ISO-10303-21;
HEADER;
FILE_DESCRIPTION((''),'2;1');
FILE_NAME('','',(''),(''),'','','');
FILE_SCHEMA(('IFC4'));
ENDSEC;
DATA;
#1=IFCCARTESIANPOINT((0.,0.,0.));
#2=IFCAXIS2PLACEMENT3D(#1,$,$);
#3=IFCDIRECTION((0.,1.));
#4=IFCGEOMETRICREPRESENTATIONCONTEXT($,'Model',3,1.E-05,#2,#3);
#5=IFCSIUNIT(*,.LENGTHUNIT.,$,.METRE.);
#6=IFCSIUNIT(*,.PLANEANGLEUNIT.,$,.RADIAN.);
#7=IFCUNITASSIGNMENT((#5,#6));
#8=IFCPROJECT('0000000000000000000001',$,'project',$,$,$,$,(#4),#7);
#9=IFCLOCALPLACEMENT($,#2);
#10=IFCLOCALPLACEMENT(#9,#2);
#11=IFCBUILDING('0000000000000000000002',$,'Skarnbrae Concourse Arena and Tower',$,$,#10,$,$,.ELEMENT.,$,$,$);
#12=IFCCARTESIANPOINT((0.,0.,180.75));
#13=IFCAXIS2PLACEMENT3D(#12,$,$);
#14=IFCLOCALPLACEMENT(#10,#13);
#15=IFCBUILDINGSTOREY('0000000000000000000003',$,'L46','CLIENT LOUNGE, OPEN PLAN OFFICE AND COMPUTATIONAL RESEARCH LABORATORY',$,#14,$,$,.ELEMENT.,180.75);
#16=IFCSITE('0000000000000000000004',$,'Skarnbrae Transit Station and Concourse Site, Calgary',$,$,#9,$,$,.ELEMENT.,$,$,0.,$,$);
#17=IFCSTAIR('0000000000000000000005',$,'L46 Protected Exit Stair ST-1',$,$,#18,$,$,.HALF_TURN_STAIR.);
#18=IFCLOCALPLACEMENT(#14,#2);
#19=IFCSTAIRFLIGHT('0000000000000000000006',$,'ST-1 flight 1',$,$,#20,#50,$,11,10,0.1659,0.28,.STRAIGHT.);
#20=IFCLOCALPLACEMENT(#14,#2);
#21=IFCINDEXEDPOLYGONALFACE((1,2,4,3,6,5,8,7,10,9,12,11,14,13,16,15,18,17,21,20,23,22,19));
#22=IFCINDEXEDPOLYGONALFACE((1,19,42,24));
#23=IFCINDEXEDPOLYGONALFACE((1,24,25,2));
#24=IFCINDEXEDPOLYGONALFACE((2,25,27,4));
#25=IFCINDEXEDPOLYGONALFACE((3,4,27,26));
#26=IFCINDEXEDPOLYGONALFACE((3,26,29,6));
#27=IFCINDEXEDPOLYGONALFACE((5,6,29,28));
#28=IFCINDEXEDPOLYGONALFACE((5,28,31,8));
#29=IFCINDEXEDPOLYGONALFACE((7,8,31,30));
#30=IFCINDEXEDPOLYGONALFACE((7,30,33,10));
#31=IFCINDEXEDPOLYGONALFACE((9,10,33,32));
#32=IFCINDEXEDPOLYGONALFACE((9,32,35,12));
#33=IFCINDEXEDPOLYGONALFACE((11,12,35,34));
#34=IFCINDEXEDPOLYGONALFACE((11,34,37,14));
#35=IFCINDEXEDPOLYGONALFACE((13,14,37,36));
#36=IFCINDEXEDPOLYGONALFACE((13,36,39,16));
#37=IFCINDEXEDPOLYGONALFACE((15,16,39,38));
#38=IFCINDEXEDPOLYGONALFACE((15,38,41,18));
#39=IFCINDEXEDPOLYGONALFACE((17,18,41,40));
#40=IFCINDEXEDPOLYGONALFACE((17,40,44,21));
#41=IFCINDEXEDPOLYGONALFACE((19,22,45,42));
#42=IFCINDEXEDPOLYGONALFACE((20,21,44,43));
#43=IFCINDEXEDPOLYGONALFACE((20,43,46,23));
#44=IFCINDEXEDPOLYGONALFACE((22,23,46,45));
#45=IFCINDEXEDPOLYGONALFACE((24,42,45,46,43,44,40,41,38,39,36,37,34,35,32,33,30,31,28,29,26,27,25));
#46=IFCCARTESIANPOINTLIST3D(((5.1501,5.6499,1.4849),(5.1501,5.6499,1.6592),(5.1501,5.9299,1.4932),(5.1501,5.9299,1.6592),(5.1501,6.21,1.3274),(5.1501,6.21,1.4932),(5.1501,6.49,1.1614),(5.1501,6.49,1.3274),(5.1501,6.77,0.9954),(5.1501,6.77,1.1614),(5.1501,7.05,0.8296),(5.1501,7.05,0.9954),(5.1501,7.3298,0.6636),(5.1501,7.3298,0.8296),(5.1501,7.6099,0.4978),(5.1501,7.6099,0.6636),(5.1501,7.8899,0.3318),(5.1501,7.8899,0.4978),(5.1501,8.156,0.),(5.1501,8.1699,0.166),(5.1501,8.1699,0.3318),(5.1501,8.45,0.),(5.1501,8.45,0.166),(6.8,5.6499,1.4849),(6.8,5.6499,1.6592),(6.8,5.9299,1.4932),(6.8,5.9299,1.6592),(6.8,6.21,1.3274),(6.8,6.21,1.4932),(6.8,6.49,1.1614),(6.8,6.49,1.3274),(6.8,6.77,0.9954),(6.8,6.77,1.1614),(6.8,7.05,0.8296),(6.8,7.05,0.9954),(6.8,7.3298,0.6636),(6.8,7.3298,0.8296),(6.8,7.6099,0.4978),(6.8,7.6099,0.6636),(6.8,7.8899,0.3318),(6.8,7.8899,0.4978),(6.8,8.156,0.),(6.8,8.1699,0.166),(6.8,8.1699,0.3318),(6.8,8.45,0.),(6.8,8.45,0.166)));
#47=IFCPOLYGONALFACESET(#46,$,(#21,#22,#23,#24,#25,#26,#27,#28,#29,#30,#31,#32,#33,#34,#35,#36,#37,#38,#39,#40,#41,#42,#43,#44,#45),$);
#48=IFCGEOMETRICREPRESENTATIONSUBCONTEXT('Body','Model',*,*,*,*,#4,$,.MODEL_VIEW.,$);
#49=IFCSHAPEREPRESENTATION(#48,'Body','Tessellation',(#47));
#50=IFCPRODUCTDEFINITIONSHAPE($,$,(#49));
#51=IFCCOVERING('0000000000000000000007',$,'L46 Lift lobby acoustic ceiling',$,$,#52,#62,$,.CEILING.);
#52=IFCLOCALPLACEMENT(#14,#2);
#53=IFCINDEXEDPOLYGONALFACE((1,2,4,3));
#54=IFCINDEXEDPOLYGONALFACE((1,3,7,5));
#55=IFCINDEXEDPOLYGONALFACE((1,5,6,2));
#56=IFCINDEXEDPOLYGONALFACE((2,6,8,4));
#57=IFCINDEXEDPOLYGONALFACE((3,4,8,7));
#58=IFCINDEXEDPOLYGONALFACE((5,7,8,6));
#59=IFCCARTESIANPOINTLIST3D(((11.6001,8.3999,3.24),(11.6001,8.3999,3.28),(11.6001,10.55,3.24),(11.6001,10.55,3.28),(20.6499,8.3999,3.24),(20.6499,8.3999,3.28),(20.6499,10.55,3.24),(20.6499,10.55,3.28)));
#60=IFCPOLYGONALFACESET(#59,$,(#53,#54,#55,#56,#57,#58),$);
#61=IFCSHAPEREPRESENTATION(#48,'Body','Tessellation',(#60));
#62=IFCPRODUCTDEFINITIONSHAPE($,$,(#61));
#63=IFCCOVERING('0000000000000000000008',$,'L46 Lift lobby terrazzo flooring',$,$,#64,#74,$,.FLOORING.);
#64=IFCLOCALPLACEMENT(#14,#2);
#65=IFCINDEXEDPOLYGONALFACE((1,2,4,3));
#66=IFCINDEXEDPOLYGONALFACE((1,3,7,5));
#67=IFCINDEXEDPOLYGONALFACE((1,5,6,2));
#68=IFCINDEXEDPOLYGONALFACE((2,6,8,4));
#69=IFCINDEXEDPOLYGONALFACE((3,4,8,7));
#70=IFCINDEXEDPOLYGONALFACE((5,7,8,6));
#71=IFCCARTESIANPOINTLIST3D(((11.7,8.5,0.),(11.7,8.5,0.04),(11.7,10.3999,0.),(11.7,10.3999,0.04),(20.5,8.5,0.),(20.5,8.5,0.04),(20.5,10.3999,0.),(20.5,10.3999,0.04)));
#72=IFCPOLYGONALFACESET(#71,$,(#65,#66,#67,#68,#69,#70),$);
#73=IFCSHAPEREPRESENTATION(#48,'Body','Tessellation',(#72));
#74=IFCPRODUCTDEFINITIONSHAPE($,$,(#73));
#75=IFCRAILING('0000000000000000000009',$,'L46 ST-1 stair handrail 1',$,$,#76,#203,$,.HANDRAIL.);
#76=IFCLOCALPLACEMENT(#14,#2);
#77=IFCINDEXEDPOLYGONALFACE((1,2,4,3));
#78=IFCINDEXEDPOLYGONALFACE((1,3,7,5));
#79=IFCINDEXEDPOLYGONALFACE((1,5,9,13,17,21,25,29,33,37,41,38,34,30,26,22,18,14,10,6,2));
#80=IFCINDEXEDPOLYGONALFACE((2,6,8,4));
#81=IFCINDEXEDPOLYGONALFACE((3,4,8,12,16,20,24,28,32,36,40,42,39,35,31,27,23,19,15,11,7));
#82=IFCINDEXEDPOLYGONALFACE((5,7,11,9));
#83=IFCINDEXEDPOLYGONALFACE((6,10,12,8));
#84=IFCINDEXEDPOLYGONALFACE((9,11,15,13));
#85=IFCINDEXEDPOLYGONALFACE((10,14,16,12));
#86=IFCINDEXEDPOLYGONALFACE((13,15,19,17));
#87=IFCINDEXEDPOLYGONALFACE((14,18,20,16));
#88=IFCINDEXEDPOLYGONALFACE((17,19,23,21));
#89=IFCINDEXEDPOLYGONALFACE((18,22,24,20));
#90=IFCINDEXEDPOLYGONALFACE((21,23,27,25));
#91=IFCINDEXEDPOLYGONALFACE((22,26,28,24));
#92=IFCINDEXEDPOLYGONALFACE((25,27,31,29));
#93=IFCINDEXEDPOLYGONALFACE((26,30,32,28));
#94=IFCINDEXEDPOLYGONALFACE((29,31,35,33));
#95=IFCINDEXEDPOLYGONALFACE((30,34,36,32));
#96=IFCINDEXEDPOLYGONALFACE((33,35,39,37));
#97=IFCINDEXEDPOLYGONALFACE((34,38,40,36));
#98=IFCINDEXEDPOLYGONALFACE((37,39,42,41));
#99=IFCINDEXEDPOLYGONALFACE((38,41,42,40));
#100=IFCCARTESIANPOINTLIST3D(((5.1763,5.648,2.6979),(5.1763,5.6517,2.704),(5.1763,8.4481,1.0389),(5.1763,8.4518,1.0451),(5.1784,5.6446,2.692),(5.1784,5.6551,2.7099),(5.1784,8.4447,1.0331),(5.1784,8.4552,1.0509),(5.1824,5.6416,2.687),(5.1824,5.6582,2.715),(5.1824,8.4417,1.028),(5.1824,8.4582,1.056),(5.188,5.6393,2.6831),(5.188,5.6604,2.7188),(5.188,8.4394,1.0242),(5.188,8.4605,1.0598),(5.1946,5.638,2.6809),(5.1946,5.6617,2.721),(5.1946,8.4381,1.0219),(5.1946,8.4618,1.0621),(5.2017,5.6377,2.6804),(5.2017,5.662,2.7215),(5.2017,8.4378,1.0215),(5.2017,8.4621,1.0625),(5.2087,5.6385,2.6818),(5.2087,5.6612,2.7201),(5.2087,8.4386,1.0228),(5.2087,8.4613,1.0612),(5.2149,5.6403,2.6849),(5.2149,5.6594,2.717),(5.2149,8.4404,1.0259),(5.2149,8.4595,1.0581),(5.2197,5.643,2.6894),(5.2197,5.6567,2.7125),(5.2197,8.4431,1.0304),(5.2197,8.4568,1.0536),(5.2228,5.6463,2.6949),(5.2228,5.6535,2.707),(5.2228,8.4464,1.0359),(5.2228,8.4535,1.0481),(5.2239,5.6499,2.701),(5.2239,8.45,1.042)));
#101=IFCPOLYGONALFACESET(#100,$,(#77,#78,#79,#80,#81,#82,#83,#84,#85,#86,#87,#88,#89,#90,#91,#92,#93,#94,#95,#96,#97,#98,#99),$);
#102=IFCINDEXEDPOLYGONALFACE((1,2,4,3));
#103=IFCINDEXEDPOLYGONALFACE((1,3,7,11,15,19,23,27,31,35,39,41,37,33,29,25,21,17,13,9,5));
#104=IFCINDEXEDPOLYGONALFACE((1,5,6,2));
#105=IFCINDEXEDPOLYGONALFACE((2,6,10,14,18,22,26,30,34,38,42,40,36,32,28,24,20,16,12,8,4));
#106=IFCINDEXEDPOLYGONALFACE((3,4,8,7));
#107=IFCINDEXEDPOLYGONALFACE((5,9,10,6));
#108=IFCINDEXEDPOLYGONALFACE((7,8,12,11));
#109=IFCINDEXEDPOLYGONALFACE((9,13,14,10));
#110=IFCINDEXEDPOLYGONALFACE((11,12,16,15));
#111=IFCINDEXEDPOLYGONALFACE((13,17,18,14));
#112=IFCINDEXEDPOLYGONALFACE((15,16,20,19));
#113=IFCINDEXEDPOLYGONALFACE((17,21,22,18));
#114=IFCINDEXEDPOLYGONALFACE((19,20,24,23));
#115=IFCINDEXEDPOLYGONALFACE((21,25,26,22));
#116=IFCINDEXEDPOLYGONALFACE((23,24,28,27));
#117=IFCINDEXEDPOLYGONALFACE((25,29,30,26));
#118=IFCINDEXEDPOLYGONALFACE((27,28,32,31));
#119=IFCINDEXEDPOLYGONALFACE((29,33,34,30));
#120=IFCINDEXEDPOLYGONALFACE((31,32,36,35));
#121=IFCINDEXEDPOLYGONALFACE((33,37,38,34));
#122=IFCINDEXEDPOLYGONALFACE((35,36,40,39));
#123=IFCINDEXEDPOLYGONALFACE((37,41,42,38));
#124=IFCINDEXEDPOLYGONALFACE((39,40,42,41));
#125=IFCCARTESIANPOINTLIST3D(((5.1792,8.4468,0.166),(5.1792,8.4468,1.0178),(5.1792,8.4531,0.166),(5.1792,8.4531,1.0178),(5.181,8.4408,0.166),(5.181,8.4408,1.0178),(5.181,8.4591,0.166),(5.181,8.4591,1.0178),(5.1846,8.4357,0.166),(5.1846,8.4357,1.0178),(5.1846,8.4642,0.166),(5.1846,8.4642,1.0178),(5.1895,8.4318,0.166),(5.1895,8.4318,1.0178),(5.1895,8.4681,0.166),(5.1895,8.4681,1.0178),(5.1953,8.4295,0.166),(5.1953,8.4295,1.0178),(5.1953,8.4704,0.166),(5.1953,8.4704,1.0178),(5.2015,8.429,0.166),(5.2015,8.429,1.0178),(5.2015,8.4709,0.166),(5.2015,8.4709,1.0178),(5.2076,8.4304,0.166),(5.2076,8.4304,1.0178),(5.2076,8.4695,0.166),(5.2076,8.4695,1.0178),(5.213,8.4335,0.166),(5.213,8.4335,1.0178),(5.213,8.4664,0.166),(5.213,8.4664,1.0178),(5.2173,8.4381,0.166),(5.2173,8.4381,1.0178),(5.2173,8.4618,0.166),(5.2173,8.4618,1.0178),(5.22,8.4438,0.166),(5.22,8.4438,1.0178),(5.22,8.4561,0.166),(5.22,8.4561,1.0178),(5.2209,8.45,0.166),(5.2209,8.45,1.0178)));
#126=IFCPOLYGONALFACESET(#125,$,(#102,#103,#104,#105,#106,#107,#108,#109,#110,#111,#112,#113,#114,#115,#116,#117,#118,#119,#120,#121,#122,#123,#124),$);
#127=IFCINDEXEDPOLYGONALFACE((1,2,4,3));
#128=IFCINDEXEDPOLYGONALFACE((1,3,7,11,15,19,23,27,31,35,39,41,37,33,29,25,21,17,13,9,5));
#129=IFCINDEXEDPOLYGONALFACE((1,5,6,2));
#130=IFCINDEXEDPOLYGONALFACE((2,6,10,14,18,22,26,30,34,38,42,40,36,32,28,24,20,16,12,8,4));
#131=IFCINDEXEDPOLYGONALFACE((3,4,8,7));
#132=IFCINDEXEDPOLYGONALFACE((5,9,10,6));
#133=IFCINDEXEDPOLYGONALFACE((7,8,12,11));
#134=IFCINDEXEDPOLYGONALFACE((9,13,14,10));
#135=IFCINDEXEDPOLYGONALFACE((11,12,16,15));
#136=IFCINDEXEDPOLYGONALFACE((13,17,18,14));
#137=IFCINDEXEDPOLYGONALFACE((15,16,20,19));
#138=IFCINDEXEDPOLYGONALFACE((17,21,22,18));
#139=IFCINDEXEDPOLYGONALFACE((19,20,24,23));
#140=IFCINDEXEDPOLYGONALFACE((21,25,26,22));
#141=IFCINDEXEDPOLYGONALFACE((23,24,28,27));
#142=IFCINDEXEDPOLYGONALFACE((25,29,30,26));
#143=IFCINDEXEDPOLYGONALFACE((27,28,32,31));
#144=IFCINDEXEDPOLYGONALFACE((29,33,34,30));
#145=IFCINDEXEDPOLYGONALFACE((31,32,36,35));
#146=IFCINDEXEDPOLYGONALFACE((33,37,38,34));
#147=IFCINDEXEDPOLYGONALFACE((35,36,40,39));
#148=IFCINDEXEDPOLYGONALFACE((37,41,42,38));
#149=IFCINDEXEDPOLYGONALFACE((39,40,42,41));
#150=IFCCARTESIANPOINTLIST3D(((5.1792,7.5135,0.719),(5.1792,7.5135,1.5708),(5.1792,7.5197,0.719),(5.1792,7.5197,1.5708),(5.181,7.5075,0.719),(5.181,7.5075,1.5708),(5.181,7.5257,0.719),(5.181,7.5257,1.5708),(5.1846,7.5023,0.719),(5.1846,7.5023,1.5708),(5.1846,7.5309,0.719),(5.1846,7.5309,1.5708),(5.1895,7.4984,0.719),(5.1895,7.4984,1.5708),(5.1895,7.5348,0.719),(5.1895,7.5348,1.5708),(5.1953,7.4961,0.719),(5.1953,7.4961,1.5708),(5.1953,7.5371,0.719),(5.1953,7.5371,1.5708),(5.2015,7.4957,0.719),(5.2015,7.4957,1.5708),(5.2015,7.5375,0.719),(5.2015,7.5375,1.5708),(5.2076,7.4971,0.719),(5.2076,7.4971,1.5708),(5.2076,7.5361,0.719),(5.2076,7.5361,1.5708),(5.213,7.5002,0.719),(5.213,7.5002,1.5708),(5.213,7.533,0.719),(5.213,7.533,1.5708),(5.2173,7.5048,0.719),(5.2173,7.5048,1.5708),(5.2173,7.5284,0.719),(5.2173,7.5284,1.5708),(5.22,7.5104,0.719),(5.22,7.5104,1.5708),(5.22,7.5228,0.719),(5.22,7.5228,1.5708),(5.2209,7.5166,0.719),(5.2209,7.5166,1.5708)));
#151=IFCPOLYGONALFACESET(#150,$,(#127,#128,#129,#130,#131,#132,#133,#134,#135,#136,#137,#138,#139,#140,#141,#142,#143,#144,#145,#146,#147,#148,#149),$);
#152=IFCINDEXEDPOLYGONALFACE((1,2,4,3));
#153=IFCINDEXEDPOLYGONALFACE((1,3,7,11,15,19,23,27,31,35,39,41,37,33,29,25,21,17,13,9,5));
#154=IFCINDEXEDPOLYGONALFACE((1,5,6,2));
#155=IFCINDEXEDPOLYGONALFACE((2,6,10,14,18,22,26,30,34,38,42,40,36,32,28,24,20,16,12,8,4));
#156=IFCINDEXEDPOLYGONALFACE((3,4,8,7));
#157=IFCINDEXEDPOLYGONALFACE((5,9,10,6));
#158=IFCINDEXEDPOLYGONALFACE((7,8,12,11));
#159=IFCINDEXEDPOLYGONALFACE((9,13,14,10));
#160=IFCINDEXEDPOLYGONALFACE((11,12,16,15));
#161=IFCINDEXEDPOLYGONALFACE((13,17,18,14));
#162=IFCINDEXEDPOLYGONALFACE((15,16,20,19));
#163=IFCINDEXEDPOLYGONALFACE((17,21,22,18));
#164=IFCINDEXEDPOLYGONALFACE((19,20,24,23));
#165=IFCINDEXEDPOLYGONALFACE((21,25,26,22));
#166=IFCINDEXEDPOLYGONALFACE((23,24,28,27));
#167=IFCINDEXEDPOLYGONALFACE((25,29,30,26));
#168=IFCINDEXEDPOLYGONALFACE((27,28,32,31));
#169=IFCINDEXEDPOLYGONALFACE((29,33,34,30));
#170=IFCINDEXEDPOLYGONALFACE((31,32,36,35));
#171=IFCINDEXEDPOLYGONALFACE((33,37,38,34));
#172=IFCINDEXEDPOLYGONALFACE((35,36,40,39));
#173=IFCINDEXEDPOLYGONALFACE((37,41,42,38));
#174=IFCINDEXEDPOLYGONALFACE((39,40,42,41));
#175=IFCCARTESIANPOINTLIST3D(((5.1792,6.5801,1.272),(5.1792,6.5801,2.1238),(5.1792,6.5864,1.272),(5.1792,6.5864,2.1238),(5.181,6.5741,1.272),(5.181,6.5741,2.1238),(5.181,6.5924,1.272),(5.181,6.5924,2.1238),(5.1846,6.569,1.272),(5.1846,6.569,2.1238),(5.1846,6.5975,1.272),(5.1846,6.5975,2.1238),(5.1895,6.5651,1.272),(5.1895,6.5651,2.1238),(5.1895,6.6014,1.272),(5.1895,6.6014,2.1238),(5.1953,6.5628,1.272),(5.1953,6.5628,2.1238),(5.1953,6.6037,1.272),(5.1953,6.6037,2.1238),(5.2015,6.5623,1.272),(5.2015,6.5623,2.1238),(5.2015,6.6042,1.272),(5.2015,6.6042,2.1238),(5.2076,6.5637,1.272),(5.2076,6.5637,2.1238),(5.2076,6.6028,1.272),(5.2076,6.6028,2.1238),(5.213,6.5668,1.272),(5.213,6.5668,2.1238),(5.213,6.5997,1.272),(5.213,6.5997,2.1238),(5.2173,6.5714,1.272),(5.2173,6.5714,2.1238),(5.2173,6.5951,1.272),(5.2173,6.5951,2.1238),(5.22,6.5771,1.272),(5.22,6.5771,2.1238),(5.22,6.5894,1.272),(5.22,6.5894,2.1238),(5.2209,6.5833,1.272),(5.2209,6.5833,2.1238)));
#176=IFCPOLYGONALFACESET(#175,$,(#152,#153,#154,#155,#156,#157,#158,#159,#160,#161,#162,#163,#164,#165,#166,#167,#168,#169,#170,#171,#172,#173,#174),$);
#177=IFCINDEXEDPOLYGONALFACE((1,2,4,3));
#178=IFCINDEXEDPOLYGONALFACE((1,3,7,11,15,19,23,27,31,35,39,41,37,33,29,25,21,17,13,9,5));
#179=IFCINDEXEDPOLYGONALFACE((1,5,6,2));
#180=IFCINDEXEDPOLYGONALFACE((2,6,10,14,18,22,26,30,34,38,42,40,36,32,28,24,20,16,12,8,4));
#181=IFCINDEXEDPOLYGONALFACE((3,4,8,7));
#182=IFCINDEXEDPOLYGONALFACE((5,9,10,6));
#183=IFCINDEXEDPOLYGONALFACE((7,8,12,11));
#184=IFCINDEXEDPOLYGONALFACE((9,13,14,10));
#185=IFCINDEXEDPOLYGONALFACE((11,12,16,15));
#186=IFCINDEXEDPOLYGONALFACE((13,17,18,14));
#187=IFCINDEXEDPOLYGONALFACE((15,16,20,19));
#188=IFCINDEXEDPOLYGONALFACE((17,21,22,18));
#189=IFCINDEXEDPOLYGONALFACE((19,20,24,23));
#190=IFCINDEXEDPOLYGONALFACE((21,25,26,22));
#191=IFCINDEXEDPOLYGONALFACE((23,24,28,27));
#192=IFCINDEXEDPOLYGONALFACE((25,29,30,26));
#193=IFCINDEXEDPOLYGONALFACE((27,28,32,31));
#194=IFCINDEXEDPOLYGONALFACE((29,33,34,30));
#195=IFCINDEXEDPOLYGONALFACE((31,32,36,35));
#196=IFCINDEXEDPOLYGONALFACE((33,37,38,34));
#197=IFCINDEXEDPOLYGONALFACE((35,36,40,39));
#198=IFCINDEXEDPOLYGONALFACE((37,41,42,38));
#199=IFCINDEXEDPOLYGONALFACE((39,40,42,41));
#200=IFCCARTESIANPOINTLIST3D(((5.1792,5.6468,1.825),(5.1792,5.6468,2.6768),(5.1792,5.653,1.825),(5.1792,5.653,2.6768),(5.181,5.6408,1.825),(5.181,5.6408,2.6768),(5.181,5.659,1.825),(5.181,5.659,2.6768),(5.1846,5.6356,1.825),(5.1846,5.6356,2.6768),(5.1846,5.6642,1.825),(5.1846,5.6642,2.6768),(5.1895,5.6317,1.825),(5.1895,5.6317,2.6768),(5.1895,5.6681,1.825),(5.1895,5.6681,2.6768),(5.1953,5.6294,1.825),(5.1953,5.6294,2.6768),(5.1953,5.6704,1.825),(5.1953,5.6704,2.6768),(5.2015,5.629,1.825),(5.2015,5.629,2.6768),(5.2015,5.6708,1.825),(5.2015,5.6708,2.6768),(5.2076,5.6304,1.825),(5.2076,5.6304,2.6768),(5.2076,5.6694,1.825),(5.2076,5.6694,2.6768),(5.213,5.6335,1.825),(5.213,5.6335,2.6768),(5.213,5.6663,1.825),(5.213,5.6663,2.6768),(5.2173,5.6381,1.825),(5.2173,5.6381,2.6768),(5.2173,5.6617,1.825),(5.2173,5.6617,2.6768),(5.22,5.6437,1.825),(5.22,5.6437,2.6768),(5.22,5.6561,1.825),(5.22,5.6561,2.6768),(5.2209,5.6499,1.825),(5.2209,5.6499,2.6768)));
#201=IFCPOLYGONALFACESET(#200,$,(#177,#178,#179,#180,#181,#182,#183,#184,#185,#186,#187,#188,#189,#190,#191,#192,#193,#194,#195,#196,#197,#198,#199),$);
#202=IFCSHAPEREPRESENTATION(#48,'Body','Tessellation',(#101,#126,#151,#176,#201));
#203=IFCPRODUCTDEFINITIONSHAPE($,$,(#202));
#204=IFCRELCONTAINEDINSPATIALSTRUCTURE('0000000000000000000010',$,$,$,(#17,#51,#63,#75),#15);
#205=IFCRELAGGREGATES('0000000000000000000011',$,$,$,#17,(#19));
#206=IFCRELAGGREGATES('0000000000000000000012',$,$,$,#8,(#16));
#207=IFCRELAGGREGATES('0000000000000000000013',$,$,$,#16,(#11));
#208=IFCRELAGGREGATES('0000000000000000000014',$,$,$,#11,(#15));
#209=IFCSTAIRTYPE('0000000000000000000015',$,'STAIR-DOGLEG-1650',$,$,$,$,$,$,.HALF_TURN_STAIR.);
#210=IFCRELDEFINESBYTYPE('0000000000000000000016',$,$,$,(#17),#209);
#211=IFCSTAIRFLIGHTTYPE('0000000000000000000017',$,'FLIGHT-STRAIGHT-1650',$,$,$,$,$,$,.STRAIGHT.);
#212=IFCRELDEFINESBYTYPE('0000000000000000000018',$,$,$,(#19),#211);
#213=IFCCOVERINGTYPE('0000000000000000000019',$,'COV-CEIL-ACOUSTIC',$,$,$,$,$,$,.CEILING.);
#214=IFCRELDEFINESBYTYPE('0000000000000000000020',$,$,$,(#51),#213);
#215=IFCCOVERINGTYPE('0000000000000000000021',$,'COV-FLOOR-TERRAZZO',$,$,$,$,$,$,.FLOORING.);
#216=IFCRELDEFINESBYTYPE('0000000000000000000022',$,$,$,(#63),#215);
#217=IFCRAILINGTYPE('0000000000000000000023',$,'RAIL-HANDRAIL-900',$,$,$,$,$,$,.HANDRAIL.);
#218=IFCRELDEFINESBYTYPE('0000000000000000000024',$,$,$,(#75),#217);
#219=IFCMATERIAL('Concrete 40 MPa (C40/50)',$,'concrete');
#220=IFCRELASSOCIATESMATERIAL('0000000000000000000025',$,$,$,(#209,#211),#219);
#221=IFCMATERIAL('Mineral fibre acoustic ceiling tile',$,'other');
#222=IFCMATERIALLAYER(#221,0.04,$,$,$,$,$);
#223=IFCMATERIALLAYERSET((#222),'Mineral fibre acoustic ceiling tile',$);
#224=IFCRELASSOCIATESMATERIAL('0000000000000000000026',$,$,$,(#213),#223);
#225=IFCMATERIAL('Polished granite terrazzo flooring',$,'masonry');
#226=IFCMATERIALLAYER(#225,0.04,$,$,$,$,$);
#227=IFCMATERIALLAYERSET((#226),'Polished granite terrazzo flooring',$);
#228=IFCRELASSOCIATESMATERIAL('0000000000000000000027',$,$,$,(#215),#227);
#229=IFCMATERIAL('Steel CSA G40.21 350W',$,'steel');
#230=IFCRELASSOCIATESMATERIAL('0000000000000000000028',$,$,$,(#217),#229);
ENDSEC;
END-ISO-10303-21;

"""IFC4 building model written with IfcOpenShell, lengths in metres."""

from ifc_helpers import new_model, si_unit, direction, frame, origin, origin_2d, place, context, subcontext, project, spatial, polyline, circle, outline, extrude, source, transform, mapped, material, layer, layer_set, type_object, element, aggregate, save


model = new_model("IFC4")

# Units and contexts
model_context = context("Model", 3, precision=1e-05, world=origin(), true_north=direction((0.0, 1.0)))
body_context = subcontext(model_context, "Body", "Model", "MODEL_VIEW")
ifc_project = project(units=[si_unit("LENGTHUNIT", "METRE"), si_unit("PLANEANGLEUNIT", "RADIAN")], contexts=[model_context])

# Site, building, storey
site_placement = place(None, origin())
site = spatial("IfcSite", under=ifc_project, at=site_placement, Name="Skarnbrae Transit Station and Concourse Site, Calgary", CompositionType="ELEMENT", RefElevation=0.0)
building_placement = place(site_placement, origin())
building = spatial("IfcBuilding", under=site, at=building_placement, Name="Skarnbrae Concourse Arena and Tower", CompositionType="ELEMENT")
storey_placement = place(building_placement, frame((0.0, 0.0, 180.75)))
storey = spatial("IfcBuildingStorey", under=building, at=storey_placement, Name="L46", Description="CLIENT LOUNGE, OPEN PLAN OFFICE AND COMPUTATIONAL RESEARCH LABORATORY", CompositionType="ELEMENT", Elevation=180.75)

# Shared definitions
ifc_material_1 = material(Name="Steel CSA G40.21 350W", Category="steel")

# Stair
ifc_material_2 = material(Name="Concrete 40 MPa (C40/50)", Category="concrete")
stair_type = type_object("IfcStairType", Name="STAIR-DOGLEG-1650", PredefinedType="HALF_TURN_STAIR", material=ifc_material_2)
stair_1_placement = place(storey_placement, origin())
stair_1 = element("IfcStair", 1, at=stair_1_placement, inside=storey, type_object=stair_type, Name="L46 Protected Exit Stair ST-1", PredefinedType="HALF_TURN_STAIR")

# Stair flight
stair_flight_type = type_object("IfcStairFlightType", Name="FLIGHT-STRAIGHT-1650", PredefinedType="STRAIGHT", material=ifc_material_2)
shared_shape_1 = source(origin(), body_context, "Body", "SweptSolid", [
    extrude(outline(polyline([(0.0, 0.0), (0.0, 0.166), (0.28, 0.166), (0.28, 0.3318), (0.5601, 0.3318), (0.5601, 0.4978), (0.8401, 0.4978), (0.8401, 0.6636), (1.1201, 0.6636), (1.1201, 0.8296), (1.3999, 0.8296), (1.3999, 0.9954), (1.6799, 0.9954), (1.6799, 1.1614), (1.96, 1.1614), (1.96, 1.3274), (2.24, 1.3274), (2.24, 1.4932), (2.52, 1.4932), (2.52, 1.6592), (2.8, 1.6592), (2.8, 1.825), (2.8, 1.4849), (0.2939, 0.0), (0.0, 0.0)])), frame((0.0, 0.825, 0.0), z_axis=(0.0, -1.0, 0.0), x_axis=(1.0, 0.0, 0.0)), (0.0, 0.0, 1.0), 1.6499),
])
stair_flight_placement = place(storey_placement, frame((5.9751, 8.45, 0.0), z_axis=(0.0, 0.0, 1.0), x_axis=(0.0, -1.0, 0.0)))
stair_flight = element("IfcStairFlight", 2, at=stair_flight_placement, type_object=stair_flight_type, Name="ST-1 flight 1", NumberOfRisers=11, NumberOfTreads=10, PredefinedType="STRAIGHT", RiserHeight=0.1659, TreadLength=0.28, context=body_context, shape_type="MappedRepresentation", body=[
    mapped(shared_shape_1, transform((0.0, 0.0, 0.0))),
])
aggregate(stair_1, [stair_flight])

# Coverings
ifc_material_3 = material(Name="Mineral fibre acoustic ceiling tile", Category="other")
ifc_layer_1 = layer(ifc_material_3, 0.04)
ifc_layer_set_1 = layer_set([ifc_layer_1], Name="Mineral fibre acoustic ceiling tile")
covering_type_1 = type_object("IfcCoveringType", Name="COV-CEIL-ACOUSTIC", PredefinedType="CEILING", material=ifc_layer_set_1)
covering_1_placement = place(storey_placement, frame((0.0, 0.0, 3.24)))
element("IfcCovering", 3, at=covering_1_placement, inside=storey, type_object=covering_type_1, Name="L46 Lift lobby acoustic ceiling", PredefinedType="CEILING", context=body_context, shape_type="SweptSolid", body=[
    extrude(outline(polyline([(11.6001, 8.3999), (20.6499, 8.3999), (20.6499, 10.55), (11.6001, 10.55), (11.6001, 8.3999)])), origin(), (0.0, 0.0, 1.0), 0.04),
])
ifc_material_4 = material(Name="Polished granite terrazzo flooring", Category="masonry")
ifc_layer_2 = layer(ifc_material_4, 0.04)
ifc_layer_set_2 = layer_set([ifc_layer_2], Name="Polished granite terrazzo flooring")
covering_type_2 = type_object("IfcCoveringType", Name="COV-FLOOR-TERRAZZO", PredefinedType="FLOORING", material=ifc_layer_set_2)
covering_2_placement = place(storey_placement, origin())
element("IfcCovering", 4, at=covering_2_placement, inside=storey, type_object=covering_type_2, Name="L46 Lift lobby terrazzo flooring", PredefinedType="FLOORING", context=body_context, shape_type="SweptSolid", body=[
    extrude(outline(polyline([(11.7, 8.5), (20.5, 8.5), (20.5, 10.3999), (11.7, 10.3999), (11.7, 8.5)])), origin(), (0.0, 0.0, 1.0), 0.04),
])

# Railing
railing_type_1 = type_object("IfcRailingType", Name="RAIL-HANDRAIL-900", PredefinedType="HANDRAIL", material=ifc_material_1)
railing_1_placement = place(storey_placement, frame((5.2, 8.45, 0.166)))
element("IfcRailing", 5, at=railing_1_placement, inside=storey, type_object=railing_type_1, Name="L46 ST-1 stair handrail 1", PredefinedType="HANDRAIL", context=body_context, shape_type="SweptSolid", body=[
    extrude(circle(Radius=0.0239, at=origin_2d()), frame((0.0, 0.0, 0.876), z_axis=(0.0, -0.860339, 0.509722), x_axis=(1.0, 0.0, 0.0)), (0.0, 0.0, 1.0), 3.2546),
    extrude(circle(Radius=0.021, at=origin_2d()), origin(), (0.0, 0.0, 1.0), 0.8518),
    extrude(circle(Radius=0.021, at=origin_2d()), frame((0.0, -0.9333, 0.553)), (0.0, 0.0, 1.0), 0.8518),
    extrude(circle(Radius=0.021, at=origin_2d()), frame((0.0, -1.8667, 1.106)), (0.0, 0.0, 1.0), 0.8518),
    extrude(circle(Radius=0.021, at=origin_2d()), frame((0.0, -2.8, 1.6589)), (0.0, 0.0, 1.0), 0.8518),
])

save(model, "model.ifc")
